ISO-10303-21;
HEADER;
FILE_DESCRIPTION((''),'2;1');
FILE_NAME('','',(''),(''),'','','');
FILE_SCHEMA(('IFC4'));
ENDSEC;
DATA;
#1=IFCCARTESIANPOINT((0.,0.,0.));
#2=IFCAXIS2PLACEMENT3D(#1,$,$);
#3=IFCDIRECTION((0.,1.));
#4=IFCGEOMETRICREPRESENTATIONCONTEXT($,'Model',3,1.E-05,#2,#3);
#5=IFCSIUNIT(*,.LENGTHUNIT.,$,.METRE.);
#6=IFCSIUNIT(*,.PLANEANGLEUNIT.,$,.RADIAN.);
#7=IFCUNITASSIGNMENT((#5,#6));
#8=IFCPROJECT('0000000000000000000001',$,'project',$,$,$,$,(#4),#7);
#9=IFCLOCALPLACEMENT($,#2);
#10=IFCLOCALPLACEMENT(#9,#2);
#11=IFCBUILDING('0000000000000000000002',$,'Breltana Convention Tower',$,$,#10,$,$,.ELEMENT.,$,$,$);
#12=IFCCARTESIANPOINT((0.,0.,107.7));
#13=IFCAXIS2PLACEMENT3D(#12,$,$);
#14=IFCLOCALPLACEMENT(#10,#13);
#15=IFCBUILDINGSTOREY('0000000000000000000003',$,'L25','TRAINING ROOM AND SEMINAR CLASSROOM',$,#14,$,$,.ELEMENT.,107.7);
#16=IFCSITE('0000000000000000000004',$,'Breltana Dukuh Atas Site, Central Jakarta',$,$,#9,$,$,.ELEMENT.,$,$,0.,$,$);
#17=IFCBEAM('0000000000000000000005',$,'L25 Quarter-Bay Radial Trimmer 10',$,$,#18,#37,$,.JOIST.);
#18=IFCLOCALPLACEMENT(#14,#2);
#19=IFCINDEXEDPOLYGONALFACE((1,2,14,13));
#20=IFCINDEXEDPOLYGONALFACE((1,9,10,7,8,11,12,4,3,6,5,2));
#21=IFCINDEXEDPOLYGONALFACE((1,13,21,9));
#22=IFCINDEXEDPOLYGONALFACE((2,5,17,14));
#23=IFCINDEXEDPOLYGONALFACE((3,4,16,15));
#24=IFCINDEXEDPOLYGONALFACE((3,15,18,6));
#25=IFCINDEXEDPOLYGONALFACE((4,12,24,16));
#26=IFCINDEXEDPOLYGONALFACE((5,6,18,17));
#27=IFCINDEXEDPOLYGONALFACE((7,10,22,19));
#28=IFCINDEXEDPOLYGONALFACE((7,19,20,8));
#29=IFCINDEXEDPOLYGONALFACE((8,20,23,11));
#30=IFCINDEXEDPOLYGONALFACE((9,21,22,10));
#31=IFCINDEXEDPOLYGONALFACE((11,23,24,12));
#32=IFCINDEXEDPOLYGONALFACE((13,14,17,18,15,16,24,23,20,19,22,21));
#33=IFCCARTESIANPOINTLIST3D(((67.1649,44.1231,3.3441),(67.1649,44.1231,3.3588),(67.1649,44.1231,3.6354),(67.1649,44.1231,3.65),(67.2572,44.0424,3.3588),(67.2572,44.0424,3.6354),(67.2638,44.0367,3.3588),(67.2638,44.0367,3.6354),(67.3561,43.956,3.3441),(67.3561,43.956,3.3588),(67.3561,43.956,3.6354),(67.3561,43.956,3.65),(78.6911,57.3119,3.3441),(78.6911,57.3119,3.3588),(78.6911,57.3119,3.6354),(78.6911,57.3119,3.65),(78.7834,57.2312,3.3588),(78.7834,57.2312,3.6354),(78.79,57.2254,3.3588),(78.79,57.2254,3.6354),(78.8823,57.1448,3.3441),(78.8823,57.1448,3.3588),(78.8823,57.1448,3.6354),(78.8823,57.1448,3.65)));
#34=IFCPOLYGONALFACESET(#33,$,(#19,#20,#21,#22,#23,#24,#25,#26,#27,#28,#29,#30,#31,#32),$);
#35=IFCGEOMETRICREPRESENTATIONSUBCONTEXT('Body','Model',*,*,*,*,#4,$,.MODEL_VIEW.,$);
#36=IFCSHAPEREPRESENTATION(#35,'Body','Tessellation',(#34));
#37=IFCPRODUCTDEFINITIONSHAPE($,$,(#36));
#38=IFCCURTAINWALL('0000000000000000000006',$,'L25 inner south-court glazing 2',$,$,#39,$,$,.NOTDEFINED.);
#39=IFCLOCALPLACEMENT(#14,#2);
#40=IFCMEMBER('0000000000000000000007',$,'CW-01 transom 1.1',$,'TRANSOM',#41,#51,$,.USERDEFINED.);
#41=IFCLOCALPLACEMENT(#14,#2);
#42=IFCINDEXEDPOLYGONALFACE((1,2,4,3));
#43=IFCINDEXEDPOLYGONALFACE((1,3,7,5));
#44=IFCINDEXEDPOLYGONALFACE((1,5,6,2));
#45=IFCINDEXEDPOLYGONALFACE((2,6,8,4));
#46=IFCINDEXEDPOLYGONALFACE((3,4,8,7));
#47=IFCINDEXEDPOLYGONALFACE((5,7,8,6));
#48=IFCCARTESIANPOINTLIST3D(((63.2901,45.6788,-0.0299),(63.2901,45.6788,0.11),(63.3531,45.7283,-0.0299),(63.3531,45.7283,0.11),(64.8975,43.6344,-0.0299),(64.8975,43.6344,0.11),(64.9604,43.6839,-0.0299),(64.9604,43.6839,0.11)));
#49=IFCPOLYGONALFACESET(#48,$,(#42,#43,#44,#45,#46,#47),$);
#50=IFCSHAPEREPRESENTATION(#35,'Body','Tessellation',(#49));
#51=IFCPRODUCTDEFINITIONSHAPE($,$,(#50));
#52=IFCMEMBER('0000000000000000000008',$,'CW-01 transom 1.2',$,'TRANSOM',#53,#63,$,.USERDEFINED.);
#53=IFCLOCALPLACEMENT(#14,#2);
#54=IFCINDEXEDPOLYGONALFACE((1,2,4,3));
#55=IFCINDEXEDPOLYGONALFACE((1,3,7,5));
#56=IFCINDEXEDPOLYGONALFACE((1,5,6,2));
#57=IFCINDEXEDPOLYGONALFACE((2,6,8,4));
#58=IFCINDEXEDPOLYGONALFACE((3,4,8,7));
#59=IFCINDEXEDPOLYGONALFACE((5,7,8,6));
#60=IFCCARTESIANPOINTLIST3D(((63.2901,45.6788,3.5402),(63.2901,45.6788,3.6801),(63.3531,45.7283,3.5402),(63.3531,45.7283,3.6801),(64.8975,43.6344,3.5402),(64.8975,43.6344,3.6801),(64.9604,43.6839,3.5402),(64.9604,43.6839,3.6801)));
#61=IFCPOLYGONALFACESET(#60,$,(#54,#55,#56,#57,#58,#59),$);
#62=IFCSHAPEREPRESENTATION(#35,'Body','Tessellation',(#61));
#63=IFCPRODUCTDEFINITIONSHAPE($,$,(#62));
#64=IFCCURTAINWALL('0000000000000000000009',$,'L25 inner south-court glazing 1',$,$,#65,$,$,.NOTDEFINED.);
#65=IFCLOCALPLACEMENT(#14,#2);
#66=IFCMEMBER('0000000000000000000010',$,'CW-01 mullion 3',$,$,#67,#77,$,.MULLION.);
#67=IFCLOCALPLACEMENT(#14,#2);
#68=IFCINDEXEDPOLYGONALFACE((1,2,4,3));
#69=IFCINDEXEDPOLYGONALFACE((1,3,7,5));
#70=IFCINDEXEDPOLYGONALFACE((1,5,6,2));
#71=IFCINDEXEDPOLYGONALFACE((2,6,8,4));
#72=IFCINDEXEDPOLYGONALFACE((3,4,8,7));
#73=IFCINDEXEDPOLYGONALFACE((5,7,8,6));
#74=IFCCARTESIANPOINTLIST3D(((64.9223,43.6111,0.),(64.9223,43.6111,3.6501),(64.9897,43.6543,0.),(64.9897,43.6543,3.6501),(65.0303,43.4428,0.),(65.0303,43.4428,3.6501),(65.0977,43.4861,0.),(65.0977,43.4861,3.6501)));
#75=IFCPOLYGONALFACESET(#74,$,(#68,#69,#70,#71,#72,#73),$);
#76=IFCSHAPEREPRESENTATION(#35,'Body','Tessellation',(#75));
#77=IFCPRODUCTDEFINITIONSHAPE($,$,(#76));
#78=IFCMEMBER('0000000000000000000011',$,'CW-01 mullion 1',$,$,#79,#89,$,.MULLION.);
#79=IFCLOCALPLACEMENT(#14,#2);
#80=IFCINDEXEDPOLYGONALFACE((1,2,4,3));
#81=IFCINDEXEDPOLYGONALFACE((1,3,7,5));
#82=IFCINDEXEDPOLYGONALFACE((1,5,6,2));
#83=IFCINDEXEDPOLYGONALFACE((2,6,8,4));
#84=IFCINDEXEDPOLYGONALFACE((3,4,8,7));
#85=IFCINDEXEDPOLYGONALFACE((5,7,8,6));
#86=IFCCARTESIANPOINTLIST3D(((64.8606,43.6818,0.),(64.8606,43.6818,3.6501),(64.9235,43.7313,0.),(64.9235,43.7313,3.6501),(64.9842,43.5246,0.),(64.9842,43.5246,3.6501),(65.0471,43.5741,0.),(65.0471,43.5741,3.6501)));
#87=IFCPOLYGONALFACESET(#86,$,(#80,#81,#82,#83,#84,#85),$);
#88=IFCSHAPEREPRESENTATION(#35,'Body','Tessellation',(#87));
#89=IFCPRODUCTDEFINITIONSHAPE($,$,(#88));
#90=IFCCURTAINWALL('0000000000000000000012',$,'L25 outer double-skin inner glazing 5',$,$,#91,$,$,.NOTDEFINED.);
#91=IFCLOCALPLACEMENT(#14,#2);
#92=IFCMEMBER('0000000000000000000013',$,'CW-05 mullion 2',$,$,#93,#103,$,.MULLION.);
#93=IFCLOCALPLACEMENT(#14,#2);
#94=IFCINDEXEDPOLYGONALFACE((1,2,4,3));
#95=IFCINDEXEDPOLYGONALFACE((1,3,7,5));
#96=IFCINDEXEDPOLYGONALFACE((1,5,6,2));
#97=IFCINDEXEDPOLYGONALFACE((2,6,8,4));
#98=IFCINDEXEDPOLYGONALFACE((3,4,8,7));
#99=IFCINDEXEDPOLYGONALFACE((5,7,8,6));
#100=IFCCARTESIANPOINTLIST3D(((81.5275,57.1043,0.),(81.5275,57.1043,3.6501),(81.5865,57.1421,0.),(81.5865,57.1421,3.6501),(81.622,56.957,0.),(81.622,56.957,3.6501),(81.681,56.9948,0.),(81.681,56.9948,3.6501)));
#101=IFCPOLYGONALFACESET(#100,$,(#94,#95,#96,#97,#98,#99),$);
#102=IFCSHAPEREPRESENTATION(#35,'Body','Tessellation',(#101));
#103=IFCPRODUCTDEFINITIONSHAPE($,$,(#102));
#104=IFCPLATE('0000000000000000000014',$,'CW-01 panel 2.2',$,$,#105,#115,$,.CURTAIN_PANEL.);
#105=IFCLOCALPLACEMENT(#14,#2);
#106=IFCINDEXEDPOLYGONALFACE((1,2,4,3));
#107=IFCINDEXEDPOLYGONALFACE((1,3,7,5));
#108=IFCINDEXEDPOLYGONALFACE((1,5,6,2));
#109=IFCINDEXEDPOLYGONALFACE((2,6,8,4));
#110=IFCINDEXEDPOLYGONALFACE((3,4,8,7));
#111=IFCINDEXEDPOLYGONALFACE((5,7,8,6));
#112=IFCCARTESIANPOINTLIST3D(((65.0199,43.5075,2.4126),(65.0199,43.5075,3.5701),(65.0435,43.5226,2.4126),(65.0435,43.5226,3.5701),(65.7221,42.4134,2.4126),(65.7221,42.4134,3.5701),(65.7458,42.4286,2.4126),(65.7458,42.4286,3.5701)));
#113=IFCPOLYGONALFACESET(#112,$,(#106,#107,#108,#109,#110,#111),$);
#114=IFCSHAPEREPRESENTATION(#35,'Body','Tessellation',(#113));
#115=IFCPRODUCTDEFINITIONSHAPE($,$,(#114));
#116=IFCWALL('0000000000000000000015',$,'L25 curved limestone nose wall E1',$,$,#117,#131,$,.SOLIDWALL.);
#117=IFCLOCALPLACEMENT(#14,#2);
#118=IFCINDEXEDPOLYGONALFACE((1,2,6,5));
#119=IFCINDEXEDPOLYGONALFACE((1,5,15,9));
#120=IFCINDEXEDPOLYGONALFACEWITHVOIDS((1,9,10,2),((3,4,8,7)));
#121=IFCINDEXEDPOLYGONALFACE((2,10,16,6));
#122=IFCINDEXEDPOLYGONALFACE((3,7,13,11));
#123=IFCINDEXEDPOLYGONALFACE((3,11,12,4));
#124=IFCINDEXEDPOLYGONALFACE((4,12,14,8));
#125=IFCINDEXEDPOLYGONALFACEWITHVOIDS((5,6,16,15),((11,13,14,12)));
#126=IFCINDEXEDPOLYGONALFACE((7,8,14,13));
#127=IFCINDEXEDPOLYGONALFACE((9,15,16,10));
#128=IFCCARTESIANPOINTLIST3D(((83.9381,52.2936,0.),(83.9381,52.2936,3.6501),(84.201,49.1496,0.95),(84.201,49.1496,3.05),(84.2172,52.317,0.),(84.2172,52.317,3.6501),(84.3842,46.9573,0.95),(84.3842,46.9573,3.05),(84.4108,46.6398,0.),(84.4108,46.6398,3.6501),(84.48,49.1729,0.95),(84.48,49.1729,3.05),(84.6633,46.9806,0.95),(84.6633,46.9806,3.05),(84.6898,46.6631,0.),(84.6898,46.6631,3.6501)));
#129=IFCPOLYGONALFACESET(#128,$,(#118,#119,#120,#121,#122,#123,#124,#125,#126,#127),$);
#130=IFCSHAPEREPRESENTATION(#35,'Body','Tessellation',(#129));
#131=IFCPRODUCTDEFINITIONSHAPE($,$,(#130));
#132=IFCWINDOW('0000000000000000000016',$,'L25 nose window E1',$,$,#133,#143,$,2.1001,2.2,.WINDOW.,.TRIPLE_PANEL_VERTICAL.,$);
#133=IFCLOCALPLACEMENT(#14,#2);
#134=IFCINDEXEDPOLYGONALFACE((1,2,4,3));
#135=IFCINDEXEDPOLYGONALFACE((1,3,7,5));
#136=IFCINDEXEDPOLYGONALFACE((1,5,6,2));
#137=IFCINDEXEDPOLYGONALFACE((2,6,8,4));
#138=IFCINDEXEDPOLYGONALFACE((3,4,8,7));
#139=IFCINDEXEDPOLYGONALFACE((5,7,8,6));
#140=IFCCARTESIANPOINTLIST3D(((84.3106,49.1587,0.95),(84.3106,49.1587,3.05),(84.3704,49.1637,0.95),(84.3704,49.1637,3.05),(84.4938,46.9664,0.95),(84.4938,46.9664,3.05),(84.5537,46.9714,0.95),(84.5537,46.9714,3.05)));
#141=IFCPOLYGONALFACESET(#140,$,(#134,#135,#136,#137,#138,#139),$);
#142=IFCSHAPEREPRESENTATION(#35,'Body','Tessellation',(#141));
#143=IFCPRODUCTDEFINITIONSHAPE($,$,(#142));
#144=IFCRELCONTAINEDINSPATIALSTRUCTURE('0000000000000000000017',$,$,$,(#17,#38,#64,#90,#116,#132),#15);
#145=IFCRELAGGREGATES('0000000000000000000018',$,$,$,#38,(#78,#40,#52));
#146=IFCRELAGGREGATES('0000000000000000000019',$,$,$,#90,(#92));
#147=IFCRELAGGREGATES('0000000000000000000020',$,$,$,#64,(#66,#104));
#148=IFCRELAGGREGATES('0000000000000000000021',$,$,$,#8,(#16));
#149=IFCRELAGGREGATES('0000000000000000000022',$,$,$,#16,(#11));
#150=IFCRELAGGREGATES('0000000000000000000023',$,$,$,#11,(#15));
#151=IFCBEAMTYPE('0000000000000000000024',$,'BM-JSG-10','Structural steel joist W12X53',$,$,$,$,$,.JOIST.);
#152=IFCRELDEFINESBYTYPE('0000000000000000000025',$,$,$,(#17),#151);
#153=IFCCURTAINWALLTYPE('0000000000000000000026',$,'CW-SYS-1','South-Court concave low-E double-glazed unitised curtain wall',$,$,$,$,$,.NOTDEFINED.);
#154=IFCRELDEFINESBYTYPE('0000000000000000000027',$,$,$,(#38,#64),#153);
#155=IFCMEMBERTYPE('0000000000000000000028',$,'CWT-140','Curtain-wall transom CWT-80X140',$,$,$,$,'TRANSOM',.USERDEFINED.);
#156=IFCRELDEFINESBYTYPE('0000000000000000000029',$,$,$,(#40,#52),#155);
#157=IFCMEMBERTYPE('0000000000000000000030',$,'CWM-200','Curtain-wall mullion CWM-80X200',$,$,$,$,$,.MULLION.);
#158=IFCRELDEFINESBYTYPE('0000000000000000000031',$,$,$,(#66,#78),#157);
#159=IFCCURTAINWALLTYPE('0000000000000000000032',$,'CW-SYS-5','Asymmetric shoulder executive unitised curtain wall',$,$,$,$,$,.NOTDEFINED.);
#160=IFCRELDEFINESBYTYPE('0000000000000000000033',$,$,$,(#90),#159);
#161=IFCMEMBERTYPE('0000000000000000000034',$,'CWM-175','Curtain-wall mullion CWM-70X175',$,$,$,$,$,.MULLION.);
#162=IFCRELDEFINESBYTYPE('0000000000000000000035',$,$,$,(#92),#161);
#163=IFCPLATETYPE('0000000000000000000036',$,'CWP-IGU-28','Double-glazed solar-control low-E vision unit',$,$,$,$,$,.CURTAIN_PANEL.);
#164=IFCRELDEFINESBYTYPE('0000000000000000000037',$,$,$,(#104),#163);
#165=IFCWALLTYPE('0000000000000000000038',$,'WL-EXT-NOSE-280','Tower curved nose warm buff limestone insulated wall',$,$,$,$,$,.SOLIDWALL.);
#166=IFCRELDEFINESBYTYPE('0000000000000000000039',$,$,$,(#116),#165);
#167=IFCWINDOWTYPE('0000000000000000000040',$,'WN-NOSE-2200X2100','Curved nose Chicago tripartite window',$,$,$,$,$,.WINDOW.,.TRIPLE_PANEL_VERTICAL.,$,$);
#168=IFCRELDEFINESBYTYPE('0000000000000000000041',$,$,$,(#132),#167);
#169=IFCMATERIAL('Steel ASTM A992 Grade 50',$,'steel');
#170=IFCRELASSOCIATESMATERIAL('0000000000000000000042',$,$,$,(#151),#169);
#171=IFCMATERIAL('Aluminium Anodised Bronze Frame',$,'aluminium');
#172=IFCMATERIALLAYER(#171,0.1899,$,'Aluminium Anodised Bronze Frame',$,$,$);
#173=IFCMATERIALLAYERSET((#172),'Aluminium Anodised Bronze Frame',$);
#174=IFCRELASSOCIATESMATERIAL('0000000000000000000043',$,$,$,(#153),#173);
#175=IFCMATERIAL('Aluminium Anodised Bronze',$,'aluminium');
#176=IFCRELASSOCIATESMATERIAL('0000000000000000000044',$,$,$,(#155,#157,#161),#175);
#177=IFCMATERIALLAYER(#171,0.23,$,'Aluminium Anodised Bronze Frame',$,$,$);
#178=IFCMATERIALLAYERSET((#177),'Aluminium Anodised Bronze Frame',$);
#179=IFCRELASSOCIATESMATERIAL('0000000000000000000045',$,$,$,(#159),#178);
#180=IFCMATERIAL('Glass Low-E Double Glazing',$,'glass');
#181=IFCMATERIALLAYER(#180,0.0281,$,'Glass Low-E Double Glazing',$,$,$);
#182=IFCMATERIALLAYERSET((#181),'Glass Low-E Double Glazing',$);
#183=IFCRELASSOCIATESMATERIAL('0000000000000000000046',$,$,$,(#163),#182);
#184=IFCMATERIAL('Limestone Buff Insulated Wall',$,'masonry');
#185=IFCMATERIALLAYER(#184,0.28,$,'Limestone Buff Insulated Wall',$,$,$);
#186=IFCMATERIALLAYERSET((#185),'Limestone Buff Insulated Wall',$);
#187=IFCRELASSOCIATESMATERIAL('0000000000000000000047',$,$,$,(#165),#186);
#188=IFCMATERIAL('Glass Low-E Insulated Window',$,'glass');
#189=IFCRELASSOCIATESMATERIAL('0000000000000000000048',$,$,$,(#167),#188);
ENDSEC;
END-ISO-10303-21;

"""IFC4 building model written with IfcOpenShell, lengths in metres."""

from ifc_helpers import new_model, si_unit, direction, frame, frame_2d, origin, origin_2d, place, context, subcontext, project, spatial, rectangle, i_section, extrude, source, transform, mapped, material, layer, layer_set, material_profile, profile_set, type_object, type_shapes, element, fill, aggregate, save


model = new_model("IFC4")

# Units and contexts
model_context = context("Model", 3, precision=1e-05, world=origin(), true_north=direction((0.0, 1.0)))
body_context = subcontext(model_context, "Body", "Model", "MODEL_VIEW")
ifc_project = project(units=[si_unit("LENGTHUNIT", "METRE"), si_unit("PLANEANGLEUNIT", "RADIAN")], contexts=[model_context])

# Site, building, storey
site_placement = place(None, origin())
site = spatial("IfcSite", under=ifc_project, at=site_placement, Name="Breltana Dukuh Atas Site, Central Jakarta", CompositionType="ELEMENT", RefElevation=0.0)
building_placement = place(site_placement, origin())
building = spatial("IfcBuilding", under=site, at=building_placement, Name="Breltana Convention Tower", CompositionType="ELEMENT")
storey_placement = place(building_placement, frame((0.0, 0.0, 107.7)))
storey = spatial("IfcBuildingStorey", under=building, at=storey_placement, Name="L25", Description="TRAINING ROOM AND SEMINAR CLASSROOM", CompositionType="ELEMENT", Elevation=107.7)

# Beam
ifc_material_1 = material(Name="Steel ASTM A992 Grade 50", Category="steel")
ifc_material_profile_1 = material_profile(ifc_material_1, i_section(OverallWidth=0.2539, OverallDepth=0.3059, WebThickness=0.0088, FlangeThickness=0.0146, at=origin_2d()), Name="W12X53")
ifc_profile_set_1 = profile_set([ifc_material_profile_1], Name="Steel ASTM A992 Grade 50")
beam_type_1 = type_object("IfcBeamType", Name="BM-JSG-10", Description="Structural steel joist W12X53", PredefinedType="JOIST", material=ifc_profile_set_1)
shared_shape_1 = source(origin(), body_context, "Body", "SweptSolid", [
    extrude(i_section(OverallWidth=0.2539, OverallDepth=0.3059, WebThickness=0.0088, FlangeThickness=0.0146, at=origin_2d()), origin(), (0.0, 0.0, 1.0), 17.5156),
])
beam_1_placement = place(storey_placement, frame((67.2605, 44.0396, 3.4971), z_axis=(0.658052, 0.752973, 0.0), x_axis=(-0.752973, 0.658052, 0.0)))
element("IfcBeam", 1, at=beam_1_placement, inside=storey, type_object=beam_type_1, Name="L25 Quarter-Bay Radial Trimmer 10", PredefinedType="JOIST", context=body_context, shape_type="MappedRepresentation", body=[
    mapped(shared_shape_1, transform((0.0, 0.0, 0.0), scale=1.0)),
])

# Curtain wall, members
ifc_material_2 = material(Name="Aluminium Anodised Bronze Frame", Category="aluminium")
ifc_layer_1 = layer(ifc_material_2, 0.1899, Name="Aluminium Anodised Bronze Frame")
ifc_layer_set_1 = layer_set([ifc_layer_1], Name="Aluminium Anodised Bronze Frame")
curtain_wall_type_1 = type_object("IfcCurtainWallType", Name="CW-SYS-1", Description="South-Court concave low-E double-glazed unitised curtain wall", PredefinedType="NOTDEFINED", material=ifc_layer_set_1)
curtain_wall_1_placement = place(storey_placement, origin())
curtain_wall_1 = element("IfcCurtainWall", 2, at=curtain_wall_1_placement, inside=storey, type_object=curtain_wall_type_1, Name="L25 inner south-court glazing 2", PredefinedType="NOTDEFINED")
ifc_material_3 = material(Name="Aluminium Anodised Bronze", Category="aluminium")
ifc_material_profile_2 = material_profile(ifc_material_3, rectangle(XDim=0.0801, YDim=0.1399, at=origin_2d()), Name="CWT-80X140")
ifc_profile_set_2 = profile_set([ifc_material_profile_2], Name="Aluminium Anodised Bronze")
member_type_1 = type_object("IfcMemberType", Name="CWT-140", Description="Curtain-wall transom CWT-80X140", ElementType="TRANSOM", PredefinedType="USERDEFINED", material=ifc_profile_set_2)
shared_shape_2 = source(origin(), body_context, "Body", "SweptSolid", [
    extrude(rectangle(XDim=0.0801, YDim=0.1399, at=origin_2d()), origin(), (0.0, 0.0, 1.0), 2.6006),
])
member_1_placement = place(storey_placement, frame((64.929, 43.6592, 0.04), z_axis=(-0.618079, 0.786116, 0.0), x_axis=(-0.786116, -0.618079, 0.0)))
member_1 = element("IfcMember", 3, at=member_1_placement, type_object=member_type_1, Name="CW-01 transom 1.1", ObjectType="TRANSOM", PredefinedType="USERDEFINED", context=body_context, shape_type="MappedRepresentation", body=[
    mapped(shared_shape_2, transform((0.0, 0.0, 0.0), scale=1.0)),
])
member_2_placement = place(storey_placement, frame((64.929, 43.6592, 3.6101), z_axis=(-0.618079, 0.786116, 0.0), x_axis=(-0.786116, -0.618079, 0.0)))
member_2 = element("IfcMember", 4, at=member_2_placement, type_object=member_type_1, Name="CW-01 transom 1.2", ObjectType="TRANSOM", PredefinedType="USERDEFINED", context=body_context, shape_type="MappedRepresentation", body=[
    mapped(shared_shape_2, transform((0.0, 0.0, 0.0), scale=1.0)),
])

# Curtain wall, member
curtain_wall_2_placement = place(storey_placement, origin())
curtain_wall_2 = element("IfcCurtainWall", 5, at=curtain_wall_2_placement, inside=storey, type_object=curtain_wall_type_1, Name="L25 inner south-court glazing 1", PredefinedType="NOTDEFINED")
ifc_material_profile_3 = material_profile(ifc_material_3, rectangle(XDim=0.0801, YDim=0.2, at=origin_2d()), Name="CWM-80X200")
ifc_profile_set_3 = profile_set([ifc_material_profile_3], Name="Aluminium Anodised Bronze")
member_type_2 = type_object("IfcMemberType", Name="CWM-200", Description="Curtain-wall mullion CWM-80X200", PredefinedType="MULLION", material=ifc_profile_set_3)
shared_shape_3 = source(origin(), body_context, "Body", "SweptSolid", [
    extrude(rectangle(XDim=0.0801, YDim=0.2, at=origin_2d()), origin(), (0.0, 0.0, 1.0), 3.6501),
])
member_3_placement = place(storey_placement, frame((65.01, 43.5486, 0.0), z_axis=(0.0, 0.0, 1.0), x_axis=(-0.841551, -0.540177, 0.0)))
member_3 = element("IfcMember", 6, at=member_3_placement, type_object=member_type_2, Name="CW-01 mullion 3", PredefinedType="MULLION", context=body_context, shape_type="MappedRepresentation", body=[
    mapped(shared_shape_3, transform((0.0, 0.0, 0.0), scale=1.0)),
])

# Member
member_4_placement = place(storey_placement, frame((64.9539, 43.6279, 0.0), z_axis=(0.0, 0.0, 1.0), x_axis=(-0.786054, -0.618157, 0.0)))
member_4 = element("IfcMember", 7, at=member_4_placement, type_object=member_type_2, Name="CW-01 mullion 1", PredefinedType="MULLION", context=body_context, shape_type="MappedRepresentation", body=[
    mapped(shared_shape_3, transform((0.0, 0.0, 0.0), scale=1.0)),
])
aggregate(curtain_wall_1, [member_4, member_1, member_2])

# Curtain wall, member
ifc_layer_2 = layer(ifc_material_2, 0.23, Name="Aluminium Anodised Bronze Frame")
ifc_layer_set_2 = layer_set([ifc_layer_2], Name="Aluminium Anodised Bronze Frame")
curtain_wall_type_2 = type_object("IfcCurtainWallType", Name="CW-SYS-5", Description="Asymmetric shoulder executive unitised curtain wall", PredefinedType="NOTDEFINED", material=ifc_layer_set_2)
curtain_wall_3_placement = place(storey_placement, origin())
curtain_wall_3 = element("IfcCurtainWall", 8, at=curtain_wall_3_placement, inside=storey, type_object=curtain_wall_type_2, Name="L25 outer double-skin inner glazing 5", PredefinedType="NOTDEFINED")
ifc_material_profile_4 = material_profile(ifc_material_3, rectangle(XDim=0.0701, YDim=0.175, at=origin_2d()), Name="CWM-70X175")
ifc_profile_set_4 = profile_set([ifc_material_profile_4], Name="Aluminium Anodised Bronze")
member_type_3 = type_object("IfcMemberType", Name="CWM-175", Description="Curtain-wall mullion CWM-70X175", PredefinedType="MULLION", material=ifc_profile_set_4)
shared_shape_4 = source(origin(), body_context, "Body", "SweptSolid", [
    extrude(rectangle(XDim=0.0701, YDim=0.175, at=origin_2d()), origin(), (0.0, 0.0, 1.0), 3.6501),
])
member_5_placement = place(storey_placement, frame((81.6042, 57.0496, 0.0), z_axis=(0.0, 0.0, 1.0), x_axis=(0.841552, 0.540177, 0.0)))
member_5 = element("IfcMember", 9, at=member_5_placement, type_object=member_type_3, Name="CW-05 mullion 2", PredefinedType="MULLION", context=body_context, shape_type="MappedRepresentation", body=[
    mapped(shared_shape_4, transform((0.0, 0.0, 0.0), scale=1.0)),
])
aggregate(curtain_wall_3, [member_5])

# Plate
ifc_material_4 = material(Name="Glass Low-E Double Glazing", Category="glass")
ifc_layer_3 = layer(ifc_material_4, 0.0281, Name="Glass Low-E Double Glazing")
ifc_layer_set_3 = layer_set([ifc_layer_3], Name="Glass Low-E Double Glazing")
plate_type = type_object("IfcPlateType", Name="CWP-IGU-28", Description="Double-glazed solar-control low-E vision unit", PredefinedType="CURTAIN_PANEL", material=ifc_layer_set_3)
shared_shape_5 = source(origin(), body_context, "Body", "SweptSolid", [
    extrude(rectangle(XDim=1.3, YDim=0.0281, at=origin_2d()), origin(), (0.0, 0.0, 1.0), 1.1575),
])
plate_placement = place(storey_placement, frame((65.3828, 42.968, 2.4126), z_axis=(0.0, 0.0, 1.0), x_axis=(-0.540177, 0.841551, 0.0)))
plate = element("IfcPlate", 10, at=plate_placement, type_object=plate_type, Name="CW-01 panel 2.2", PredefinedType="CURTAIN_PANEL", context=body_context, shape_type="MappedRepresentation", body=[
    mapped(shared_shape_5, transform((0.0, 0.0, 0.0), scale=1.0)),
])
aggregate(curtain_wall_2, [member_3, plate])

# Wall, opening, window
ifc_material_5 = material(Name="Limestone Buff Insulated Wall", Category="masonry")
ifc_layer_4 = layer(ifc_material_5, 0.28, Name="Limestone Buff Insulated Wall")
ifc_layer_set_4 = layer_set([ifc_layer_4], Name="Limestone Buff Insulated Wall")
wall_type = type_object("IfcWallType", Name="WL-EXT-NOSE-280", Description="Tower curved nose warm buff limestone insulated wall", PredefinedType="SOLIDWALL", material=ifc_layer_set_4)
shared_shape_6 = source(origin(), body_context, "Body", "SweptSolid", [
    extrude(rectangle(XDim=5.6736, YDim=0.28, at=frame_2d((2.8369, 0.0))), origin(), (0.0, 0.0, 1.0), 3.6501),
])
wall_1_placement = place(storey_placement, frame((84.0776, 52.3054, 0.0), z_axis=(0.0, 0.0, 1.0), x_axis=(0.083309, -0.996524, 0.0)))
wall_1 = element("IfcWall", 11, at=wall_1_placement, inside=storey, type_object=wall_type, Name="L25 curved limestone nose wall E1", PredefinedType="SOLIDWALL", context=body_context, shape_type="MappedRepresentation", body=[
    mapped(shared_shape_6, transform((0.0, 0.0, 0.0), scale=1.0)),
])
opening_1_placement = place(wall_1_placement, frame((3.155, 0.0, 0.95)))
opening_1 = element("IfcOpeningElement", 12, at=opening_1_placement, cuts=wall_1, PredefinedType="OPENING", context=body_context, shape_type="SweptSolid", body=[
    extrude(rectangle(XDim=2.2, YDim=2.1001, at=frame_2d((1.1001, 1.05))), frame((0.0, 0.1499, 0.0), z_axis=(0.0, -1.0, 0.0), x_axis=(1.0, 0.0, 0.0)), (0.0, 0.0, 1.0), 0.3),
])
ifc_material_6 = material(Name="Glass Low-E Insulated Window", Category="glass")
window_type = type_object("IfcWindowType", Name="WN-NOSE-2200X2100", Description="Curved nose Chicago tripartite window", PartitioningType="TRIPLE_PANEL_VERTICAL", PredefinedType="WINDOW", material=ifc_material_6)
shared_shape_7 = source(origin(), body_context, "Body", "SweptSolid", [
    extrude(rectangle(XDim=2.2, YDim=2.1001, at=frame_2d((1.1001, 1.05))), frame((0.0, 0.03, 0.0), z_axis=(0.0, -1.0, 0.0), x_axis=(1.0, 0.0, 0.0)), (0.0, 0.0, 1.0), 0.0601),
])
type_shapes(window_type, [shared_shape_7])
window_1_placement = place(opening_1_placement, origin())
window_1 = element("IfcWindow", 13, at=window_1_placement, inside=storey, type_object=window_type, Name="L25 nose window E1", OverallHeight=2.1001, OverallWidth=2.2, PartitioningType="TRIPLE_PANEL_VERTICAL", PredefinedType="WINDOW", context=body_context, shape_type="MappedRepresentation", body=[
    mapped(shared_shape_7, transform((0.0, 0.0, 0.0), scale=1.0)),
])
fill(opening_1, window_1)

save(model, "model.ifc")
